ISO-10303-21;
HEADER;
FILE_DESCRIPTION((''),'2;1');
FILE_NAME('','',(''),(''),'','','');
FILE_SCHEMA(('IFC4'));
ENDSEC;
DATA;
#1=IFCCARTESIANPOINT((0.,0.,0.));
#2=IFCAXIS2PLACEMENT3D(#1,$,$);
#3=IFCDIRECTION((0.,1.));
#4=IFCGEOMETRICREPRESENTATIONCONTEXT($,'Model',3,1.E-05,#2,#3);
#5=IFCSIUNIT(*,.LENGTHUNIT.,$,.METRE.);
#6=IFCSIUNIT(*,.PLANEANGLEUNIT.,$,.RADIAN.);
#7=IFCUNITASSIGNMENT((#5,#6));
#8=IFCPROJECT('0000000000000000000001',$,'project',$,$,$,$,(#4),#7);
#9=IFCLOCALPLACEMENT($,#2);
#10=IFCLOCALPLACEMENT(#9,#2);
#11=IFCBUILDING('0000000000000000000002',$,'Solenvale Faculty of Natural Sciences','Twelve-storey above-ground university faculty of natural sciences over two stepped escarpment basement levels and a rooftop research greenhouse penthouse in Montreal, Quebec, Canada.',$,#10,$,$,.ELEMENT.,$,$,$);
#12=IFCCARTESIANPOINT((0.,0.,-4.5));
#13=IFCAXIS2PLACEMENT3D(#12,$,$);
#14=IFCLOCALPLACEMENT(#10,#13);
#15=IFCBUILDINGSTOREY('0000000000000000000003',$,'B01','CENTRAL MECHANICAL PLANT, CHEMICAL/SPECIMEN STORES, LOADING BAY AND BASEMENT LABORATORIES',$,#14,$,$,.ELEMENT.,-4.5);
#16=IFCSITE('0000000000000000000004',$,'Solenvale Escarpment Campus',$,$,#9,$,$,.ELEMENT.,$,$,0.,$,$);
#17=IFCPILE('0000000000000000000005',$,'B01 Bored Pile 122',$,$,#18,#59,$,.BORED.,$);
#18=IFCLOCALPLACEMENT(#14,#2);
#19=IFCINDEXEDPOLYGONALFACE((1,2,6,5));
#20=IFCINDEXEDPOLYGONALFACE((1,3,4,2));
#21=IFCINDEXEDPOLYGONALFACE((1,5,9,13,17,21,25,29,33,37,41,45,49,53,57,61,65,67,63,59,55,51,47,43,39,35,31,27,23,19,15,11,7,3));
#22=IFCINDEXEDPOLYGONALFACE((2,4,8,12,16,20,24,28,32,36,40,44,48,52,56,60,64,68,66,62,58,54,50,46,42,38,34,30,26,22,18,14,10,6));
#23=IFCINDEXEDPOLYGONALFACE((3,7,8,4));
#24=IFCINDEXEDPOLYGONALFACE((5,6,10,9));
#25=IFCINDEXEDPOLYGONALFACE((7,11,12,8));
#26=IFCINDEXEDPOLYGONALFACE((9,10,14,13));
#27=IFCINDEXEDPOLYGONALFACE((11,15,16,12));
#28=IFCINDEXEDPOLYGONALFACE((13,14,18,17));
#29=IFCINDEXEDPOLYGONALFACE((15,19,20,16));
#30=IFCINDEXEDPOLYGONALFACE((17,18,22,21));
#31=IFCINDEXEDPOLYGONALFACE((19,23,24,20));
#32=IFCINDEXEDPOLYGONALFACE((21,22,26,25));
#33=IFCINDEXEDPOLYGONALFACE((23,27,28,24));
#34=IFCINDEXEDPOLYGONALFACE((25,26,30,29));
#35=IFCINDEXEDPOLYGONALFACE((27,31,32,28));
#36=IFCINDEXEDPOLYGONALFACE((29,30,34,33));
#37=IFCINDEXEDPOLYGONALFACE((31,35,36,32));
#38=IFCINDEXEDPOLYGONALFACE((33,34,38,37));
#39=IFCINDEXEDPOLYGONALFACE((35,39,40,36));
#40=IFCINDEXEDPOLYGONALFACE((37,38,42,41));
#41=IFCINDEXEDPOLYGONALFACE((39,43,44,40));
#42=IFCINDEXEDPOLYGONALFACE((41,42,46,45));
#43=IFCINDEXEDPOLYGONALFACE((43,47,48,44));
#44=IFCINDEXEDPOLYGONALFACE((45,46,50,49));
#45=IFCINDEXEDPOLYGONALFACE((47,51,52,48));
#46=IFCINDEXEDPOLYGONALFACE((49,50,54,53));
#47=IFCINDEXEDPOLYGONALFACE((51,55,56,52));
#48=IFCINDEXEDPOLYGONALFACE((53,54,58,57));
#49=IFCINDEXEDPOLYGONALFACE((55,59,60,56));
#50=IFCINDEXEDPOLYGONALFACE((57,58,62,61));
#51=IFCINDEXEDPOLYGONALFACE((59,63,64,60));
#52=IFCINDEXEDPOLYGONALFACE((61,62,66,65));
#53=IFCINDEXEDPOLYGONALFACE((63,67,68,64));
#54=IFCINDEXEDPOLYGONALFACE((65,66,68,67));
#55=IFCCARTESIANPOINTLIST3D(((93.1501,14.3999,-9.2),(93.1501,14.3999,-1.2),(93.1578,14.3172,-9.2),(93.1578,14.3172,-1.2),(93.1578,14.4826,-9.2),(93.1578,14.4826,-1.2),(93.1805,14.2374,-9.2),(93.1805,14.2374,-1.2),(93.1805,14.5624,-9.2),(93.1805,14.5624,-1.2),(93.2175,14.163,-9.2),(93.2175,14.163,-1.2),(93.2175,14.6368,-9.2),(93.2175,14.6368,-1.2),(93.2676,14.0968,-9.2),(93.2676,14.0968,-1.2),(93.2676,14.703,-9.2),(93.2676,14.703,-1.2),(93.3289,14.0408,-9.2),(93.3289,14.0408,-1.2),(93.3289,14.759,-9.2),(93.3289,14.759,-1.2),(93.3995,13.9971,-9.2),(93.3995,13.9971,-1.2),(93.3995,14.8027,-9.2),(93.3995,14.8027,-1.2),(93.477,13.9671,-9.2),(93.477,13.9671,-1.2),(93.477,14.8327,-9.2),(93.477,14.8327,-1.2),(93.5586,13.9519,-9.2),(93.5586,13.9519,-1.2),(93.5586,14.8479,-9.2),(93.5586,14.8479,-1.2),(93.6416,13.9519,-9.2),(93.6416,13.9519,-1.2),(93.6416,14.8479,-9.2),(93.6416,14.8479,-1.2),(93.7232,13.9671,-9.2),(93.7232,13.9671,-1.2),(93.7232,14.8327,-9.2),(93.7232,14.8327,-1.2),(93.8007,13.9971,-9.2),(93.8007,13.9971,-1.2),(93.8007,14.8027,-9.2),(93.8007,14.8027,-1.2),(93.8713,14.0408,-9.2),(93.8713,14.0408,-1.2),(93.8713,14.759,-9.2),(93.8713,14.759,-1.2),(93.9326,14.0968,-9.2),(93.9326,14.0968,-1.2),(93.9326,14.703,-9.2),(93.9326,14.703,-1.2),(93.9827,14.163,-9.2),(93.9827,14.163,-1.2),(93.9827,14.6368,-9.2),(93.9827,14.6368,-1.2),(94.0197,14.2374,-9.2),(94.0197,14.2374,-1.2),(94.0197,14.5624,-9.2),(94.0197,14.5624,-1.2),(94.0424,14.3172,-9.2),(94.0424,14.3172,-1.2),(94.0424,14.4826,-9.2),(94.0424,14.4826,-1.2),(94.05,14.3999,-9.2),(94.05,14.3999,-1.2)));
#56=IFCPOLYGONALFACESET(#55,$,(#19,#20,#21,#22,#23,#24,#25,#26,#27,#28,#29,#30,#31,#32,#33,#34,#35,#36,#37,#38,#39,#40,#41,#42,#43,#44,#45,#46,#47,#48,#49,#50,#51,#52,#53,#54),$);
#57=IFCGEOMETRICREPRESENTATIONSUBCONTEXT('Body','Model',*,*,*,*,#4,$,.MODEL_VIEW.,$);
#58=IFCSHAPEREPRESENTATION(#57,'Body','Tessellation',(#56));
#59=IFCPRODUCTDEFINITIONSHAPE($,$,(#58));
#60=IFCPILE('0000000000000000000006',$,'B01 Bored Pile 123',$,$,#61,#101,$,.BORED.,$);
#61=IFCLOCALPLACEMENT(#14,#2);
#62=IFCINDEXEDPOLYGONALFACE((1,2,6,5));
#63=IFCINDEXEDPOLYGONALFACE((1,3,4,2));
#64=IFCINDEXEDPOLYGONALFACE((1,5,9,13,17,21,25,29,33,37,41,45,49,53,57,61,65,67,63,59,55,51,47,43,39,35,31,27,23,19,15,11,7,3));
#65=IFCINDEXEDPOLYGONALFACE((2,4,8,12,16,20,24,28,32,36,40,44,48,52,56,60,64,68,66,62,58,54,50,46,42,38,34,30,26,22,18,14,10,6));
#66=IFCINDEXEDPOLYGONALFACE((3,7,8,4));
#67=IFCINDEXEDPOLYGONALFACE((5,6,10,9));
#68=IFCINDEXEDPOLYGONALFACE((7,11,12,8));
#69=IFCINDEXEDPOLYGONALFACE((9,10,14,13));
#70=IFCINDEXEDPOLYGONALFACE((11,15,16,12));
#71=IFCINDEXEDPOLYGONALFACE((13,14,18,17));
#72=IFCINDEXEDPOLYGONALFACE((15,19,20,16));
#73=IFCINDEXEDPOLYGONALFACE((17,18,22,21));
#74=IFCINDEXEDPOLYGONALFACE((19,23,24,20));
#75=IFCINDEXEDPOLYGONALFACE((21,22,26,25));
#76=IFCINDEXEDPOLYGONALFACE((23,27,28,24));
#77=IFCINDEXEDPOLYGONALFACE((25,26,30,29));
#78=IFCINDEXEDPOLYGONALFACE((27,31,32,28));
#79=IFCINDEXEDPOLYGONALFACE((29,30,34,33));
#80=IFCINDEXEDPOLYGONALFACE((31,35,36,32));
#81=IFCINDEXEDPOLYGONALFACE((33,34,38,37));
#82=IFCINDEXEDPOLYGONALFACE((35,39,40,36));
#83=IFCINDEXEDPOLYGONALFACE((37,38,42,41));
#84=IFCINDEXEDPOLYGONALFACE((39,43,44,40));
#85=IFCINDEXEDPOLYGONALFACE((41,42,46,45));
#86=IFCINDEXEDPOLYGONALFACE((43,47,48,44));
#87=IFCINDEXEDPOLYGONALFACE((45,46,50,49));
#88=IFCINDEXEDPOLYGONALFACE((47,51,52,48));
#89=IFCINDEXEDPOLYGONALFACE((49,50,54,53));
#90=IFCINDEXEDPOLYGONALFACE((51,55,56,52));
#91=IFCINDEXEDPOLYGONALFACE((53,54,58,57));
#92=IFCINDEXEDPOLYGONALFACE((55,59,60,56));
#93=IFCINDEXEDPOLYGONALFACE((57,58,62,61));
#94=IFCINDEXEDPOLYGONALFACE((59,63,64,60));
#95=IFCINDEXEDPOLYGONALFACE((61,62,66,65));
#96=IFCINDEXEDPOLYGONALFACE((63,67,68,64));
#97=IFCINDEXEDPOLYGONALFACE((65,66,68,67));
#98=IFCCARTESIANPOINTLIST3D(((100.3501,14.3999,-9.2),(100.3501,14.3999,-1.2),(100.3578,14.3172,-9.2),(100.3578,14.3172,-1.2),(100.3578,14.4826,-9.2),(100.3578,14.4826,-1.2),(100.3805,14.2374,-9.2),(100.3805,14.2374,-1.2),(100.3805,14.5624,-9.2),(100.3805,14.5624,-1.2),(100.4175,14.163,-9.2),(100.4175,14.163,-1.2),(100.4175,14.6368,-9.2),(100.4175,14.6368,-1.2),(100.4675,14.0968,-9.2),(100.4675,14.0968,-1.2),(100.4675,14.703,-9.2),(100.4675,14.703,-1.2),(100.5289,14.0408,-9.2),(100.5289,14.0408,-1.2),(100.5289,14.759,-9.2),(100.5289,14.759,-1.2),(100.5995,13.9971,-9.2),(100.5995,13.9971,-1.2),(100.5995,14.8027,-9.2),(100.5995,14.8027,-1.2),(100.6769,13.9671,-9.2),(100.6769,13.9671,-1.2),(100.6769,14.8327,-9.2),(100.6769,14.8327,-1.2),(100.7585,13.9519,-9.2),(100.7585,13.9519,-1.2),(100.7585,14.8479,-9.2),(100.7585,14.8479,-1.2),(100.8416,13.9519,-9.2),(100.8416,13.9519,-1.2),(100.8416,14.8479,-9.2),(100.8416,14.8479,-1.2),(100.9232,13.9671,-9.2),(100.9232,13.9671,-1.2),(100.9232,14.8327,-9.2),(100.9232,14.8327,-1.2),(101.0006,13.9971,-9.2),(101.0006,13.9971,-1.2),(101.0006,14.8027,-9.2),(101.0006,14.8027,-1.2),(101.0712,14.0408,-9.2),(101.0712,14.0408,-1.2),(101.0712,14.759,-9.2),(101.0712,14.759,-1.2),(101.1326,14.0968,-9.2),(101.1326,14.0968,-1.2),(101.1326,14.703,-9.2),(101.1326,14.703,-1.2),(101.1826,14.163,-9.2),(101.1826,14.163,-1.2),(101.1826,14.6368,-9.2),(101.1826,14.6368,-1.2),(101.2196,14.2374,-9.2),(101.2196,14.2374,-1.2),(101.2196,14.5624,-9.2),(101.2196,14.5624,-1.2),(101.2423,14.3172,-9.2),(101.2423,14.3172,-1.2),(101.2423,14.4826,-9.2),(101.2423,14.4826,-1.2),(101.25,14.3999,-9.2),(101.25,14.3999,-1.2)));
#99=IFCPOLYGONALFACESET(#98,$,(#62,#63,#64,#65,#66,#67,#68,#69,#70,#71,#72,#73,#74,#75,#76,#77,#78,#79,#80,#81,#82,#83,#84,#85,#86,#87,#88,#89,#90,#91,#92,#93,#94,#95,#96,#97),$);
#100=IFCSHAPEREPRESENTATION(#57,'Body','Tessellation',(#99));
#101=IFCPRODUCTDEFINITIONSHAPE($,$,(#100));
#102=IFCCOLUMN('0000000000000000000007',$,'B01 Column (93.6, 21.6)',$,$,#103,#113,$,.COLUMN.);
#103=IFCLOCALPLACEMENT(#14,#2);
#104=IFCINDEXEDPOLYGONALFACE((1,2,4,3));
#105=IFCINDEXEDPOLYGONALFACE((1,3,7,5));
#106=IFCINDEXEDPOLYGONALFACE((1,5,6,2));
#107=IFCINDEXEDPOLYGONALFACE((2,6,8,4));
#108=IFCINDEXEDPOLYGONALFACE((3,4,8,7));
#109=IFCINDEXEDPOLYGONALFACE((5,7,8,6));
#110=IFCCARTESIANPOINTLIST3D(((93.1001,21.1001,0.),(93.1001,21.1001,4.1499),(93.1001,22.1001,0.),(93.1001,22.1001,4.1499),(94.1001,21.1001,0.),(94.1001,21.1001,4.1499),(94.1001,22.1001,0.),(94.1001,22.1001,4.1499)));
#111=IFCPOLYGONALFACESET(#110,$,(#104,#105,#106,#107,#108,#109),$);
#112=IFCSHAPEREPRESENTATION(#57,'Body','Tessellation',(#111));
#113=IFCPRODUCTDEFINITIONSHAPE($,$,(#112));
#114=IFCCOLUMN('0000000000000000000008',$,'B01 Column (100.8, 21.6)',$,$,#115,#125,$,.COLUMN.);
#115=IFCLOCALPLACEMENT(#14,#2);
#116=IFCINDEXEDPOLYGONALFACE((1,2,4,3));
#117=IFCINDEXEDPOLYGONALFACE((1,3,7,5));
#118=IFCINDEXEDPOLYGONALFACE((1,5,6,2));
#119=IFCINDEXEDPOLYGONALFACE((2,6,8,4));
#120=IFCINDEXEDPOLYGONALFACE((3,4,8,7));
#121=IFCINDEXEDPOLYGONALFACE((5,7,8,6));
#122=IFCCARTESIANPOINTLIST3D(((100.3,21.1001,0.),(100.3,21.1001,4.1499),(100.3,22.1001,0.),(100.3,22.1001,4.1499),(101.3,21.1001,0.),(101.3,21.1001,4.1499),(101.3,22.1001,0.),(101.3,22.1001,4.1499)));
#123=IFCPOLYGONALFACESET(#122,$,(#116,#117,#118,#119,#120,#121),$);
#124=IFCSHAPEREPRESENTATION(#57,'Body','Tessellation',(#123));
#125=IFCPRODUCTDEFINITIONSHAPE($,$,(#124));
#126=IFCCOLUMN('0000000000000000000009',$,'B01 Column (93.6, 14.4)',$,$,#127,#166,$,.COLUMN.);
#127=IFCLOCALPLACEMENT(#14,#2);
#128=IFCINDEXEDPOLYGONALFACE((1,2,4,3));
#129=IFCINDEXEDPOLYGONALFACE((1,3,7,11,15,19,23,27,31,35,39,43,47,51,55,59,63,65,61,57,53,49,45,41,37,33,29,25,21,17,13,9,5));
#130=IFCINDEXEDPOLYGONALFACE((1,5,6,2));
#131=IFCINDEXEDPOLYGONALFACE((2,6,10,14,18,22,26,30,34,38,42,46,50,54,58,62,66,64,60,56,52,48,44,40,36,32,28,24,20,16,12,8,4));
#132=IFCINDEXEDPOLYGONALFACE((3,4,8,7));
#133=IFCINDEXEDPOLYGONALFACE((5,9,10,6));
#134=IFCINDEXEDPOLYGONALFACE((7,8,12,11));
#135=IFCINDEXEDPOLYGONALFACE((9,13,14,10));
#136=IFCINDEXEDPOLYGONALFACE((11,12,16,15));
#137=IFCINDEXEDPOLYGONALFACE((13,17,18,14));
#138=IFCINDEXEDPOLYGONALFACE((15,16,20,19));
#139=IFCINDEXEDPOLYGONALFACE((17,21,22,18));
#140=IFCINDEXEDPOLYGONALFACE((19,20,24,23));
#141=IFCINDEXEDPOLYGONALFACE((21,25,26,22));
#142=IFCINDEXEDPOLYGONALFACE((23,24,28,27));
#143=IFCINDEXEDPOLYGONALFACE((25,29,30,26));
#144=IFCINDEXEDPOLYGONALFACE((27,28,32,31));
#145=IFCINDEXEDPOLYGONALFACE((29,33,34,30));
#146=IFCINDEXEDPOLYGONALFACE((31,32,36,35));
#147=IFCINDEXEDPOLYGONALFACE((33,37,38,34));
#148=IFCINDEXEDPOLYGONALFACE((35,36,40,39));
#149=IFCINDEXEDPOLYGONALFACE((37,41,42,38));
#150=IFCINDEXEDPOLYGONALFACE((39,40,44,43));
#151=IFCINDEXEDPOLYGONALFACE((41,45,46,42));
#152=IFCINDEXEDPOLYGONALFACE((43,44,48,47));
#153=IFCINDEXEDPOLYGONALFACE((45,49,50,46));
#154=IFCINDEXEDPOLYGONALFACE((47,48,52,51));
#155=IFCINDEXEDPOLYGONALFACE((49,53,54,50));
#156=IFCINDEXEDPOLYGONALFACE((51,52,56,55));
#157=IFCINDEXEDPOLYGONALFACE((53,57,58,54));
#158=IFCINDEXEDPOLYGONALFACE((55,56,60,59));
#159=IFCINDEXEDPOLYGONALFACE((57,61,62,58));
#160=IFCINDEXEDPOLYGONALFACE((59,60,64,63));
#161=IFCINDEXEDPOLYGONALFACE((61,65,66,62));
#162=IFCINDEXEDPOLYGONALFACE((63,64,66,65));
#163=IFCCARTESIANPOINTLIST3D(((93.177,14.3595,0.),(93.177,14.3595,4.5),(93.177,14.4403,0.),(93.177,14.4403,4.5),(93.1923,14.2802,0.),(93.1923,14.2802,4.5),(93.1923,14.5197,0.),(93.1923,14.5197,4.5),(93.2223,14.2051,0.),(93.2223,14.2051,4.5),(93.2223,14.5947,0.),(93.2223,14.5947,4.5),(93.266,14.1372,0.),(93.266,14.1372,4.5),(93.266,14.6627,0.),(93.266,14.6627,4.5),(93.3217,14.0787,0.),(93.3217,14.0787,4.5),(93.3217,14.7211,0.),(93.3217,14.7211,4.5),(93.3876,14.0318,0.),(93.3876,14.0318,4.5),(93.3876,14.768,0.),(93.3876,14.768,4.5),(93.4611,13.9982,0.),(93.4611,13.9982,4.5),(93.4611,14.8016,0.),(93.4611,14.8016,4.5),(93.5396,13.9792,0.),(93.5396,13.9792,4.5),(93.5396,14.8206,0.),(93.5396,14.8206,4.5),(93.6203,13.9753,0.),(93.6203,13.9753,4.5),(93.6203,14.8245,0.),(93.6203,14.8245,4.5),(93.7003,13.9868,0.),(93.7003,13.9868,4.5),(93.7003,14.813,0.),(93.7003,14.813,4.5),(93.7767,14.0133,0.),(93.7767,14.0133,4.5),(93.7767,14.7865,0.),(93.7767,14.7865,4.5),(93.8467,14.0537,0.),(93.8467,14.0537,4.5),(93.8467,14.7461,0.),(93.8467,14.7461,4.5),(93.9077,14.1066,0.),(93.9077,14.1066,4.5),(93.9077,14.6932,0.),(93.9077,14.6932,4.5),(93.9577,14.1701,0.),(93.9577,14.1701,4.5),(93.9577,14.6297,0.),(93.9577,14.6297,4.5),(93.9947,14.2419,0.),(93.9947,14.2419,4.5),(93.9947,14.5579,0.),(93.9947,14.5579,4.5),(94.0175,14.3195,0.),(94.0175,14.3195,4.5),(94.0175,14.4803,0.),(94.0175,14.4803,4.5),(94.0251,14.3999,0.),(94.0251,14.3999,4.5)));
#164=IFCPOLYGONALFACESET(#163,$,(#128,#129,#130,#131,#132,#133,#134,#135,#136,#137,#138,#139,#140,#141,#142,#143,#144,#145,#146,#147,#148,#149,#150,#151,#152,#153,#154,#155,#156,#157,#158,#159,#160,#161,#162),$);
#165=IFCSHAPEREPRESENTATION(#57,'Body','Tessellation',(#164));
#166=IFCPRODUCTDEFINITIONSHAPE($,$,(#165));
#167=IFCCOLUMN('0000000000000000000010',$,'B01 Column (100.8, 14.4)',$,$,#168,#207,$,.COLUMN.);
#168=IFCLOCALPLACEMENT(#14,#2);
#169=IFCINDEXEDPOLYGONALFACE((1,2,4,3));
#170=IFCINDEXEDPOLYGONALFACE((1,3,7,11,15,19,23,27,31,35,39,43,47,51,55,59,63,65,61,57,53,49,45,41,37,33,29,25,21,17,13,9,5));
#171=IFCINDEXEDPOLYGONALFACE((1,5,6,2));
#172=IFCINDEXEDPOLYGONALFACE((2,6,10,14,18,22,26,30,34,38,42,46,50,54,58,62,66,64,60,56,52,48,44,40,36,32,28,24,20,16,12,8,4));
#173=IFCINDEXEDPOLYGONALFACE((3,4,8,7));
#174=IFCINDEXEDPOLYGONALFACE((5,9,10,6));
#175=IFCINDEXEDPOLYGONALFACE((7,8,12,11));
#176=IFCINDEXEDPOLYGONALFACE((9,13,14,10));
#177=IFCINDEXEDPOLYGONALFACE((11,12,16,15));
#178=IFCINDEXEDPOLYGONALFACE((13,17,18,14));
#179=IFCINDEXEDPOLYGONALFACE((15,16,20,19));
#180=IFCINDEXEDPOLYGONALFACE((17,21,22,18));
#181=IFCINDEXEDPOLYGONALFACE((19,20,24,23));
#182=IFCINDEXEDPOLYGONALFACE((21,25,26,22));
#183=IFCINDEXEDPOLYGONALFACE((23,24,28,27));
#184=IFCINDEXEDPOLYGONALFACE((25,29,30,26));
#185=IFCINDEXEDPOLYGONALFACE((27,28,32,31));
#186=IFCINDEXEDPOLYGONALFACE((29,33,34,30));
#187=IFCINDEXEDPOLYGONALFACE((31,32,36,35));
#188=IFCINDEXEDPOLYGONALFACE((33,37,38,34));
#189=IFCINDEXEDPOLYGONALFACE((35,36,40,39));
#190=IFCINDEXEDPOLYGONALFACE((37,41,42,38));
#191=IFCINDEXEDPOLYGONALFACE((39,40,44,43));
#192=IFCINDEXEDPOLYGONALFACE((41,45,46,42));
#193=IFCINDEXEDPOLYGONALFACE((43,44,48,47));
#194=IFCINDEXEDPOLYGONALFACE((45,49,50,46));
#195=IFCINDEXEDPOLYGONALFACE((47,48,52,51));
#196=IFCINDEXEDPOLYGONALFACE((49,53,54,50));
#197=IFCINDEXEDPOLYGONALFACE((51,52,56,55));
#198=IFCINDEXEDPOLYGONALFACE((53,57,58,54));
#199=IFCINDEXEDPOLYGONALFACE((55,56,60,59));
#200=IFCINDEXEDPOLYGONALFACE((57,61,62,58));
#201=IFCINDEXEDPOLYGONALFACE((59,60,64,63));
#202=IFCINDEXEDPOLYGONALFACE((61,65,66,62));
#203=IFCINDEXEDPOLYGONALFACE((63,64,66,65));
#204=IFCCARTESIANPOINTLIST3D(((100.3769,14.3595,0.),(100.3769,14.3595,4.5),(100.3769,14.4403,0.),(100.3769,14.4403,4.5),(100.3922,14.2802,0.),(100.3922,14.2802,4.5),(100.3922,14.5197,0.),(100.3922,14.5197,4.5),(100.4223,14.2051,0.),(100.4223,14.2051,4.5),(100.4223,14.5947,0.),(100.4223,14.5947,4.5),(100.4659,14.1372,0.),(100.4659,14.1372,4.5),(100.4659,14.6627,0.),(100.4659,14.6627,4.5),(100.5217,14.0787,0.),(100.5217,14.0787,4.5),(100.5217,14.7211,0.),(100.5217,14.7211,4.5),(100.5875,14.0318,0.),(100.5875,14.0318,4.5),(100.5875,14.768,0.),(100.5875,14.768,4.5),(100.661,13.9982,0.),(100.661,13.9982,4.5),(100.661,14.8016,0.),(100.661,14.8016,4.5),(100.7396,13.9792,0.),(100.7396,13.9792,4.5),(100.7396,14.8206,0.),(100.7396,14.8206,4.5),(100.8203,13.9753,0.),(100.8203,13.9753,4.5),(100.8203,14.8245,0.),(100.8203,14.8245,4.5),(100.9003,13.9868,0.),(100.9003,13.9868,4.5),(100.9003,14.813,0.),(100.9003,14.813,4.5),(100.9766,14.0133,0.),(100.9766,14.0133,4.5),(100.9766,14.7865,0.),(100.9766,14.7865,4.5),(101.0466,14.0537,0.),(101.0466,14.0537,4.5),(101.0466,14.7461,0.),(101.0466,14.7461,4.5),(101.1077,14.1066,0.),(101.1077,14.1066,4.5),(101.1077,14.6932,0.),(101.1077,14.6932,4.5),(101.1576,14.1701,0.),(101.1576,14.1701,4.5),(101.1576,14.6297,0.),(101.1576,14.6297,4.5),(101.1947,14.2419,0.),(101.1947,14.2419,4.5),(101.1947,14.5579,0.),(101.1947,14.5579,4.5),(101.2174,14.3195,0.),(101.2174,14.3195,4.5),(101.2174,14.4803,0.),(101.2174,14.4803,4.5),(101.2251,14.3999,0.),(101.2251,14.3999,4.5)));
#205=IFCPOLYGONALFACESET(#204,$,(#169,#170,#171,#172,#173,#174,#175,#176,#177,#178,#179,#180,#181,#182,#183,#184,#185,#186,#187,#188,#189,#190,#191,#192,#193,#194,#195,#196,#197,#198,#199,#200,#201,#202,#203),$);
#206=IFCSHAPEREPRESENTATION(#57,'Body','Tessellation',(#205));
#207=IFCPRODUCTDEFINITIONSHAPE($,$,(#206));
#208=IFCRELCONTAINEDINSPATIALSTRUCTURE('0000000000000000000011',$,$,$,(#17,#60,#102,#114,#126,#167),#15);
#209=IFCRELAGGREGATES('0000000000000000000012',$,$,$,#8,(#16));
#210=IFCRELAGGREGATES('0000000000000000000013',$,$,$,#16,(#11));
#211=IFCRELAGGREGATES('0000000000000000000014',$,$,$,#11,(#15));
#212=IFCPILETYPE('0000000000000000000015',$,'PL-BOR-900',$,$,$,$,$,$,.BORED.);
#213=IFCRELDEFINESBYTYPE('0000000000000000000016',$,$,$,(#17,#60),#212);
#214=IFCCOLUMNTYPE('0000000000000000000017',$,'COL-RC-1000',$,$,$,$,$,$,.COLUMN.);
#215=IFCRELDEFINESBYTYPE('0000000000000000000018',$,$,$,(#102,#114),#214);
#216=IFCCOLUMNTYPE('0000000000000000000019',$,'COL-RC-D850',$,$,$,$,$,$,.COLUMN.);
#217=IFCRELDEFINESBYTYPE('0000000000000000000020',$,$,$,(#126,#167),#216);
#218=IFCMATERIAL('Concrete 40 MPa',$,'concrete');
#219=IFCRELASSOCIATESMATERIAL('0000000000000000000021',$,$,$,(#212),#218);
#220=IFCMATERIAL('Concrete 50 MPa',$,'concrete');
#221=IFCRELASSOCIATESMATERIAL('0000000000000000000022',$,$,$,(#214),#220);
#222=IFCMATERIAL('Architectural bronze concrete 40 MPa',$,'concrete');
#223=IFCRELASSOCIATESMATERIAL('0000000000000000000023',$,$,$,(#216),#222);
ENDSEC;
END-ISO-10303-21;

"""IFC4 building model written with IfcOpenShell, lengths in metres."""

from ifc_helpers import new_model, si_unit, direction, frame, origin, origin_2d, place, context, subcontext, project, spatial, rectangle, circle, extrude, material, material_profile, profile_set, type_object, element, save


model = new_model("IFC4")

# Units and contexts
model_context = context("Model", 3, precision=1e-05, world=origin(), true_north=direction((0.0, 1.0)))
body_context = subcontext(model_context, "Body", "Model", "MODEL_VIEW")
ifc_project = project(units=[si_unit("LENGTHUNIT", "METRE"), si_unit("PLANEANGLEUNIT", "RADIAN")], contexts=[model_context])

# Site, building, storey
site_placement = place(None, origin())
site = spatial("IfcSite", under=ifc_project, at=site_placement, Name="Solenvale Escarpment Campus", CompositionType="ELEMENT", RefElevation=0.0)
building_placement = place(site_placement, origin())
building = spatial("IfcBuilding", under=site, at=building_placement, Name="Solenvale Faculty of Natural Sciences", Description="Twelve-storey above-ground university faculty of natural sciences over two stepped escarpment basement levels and a rooftop research greenhouse penthouse in Montreal, Quebec, Canada.", CompositionType="ELEMENT")
storey_placement = place(building_placement, frame((0.0, 0.0, -4.5)))
storey = spatial("IfcBuildingStorey", under=building, at=storey_placement, Name="B01", Description="CENTRAL MECHANICAL PLANT, CHEMICAL/SPECIMEN STORES, LOADING BAY AND BASEMENT LABORATORIES", CompositionType="ELEMENT", Elevation=-4.5)

# Shared definitions
ifc_material_1 = material(Name="Concrete 40 MPa", Category="concrete")

# Piles
ifc_material_profile_1 = material_profile(ifc_material_1, circle(Radius=0.45, at=origin_2d()), Name="PILE-D900")
ifc_profile_set_1 = profile_set([ifc_material_profile_1], Name="Concrete 40 MPa")
pile_type_1 = type_object("IfcPileType", Name="PL-BOR-900", PredefinedType="BORED", material=ifc_profile_set_1)
for number, where, z_axis, x_axis, name in (
    (1, (93.6001, 14.3999, -1.2), (0.0, 0.0, -1.0), (1.0, 0.0, 0.0), "B01 Bored Pile 122"),
    (2, (100.8, 14.3999, -1.2), (0.0, 0.0, -1.0), (1.0, 0.0, 0.0), "B01 Bored Pile 123"),
):
    element("IfcPile", number, at=place(storey_placement, frame(where, z_axis=z_axis, x_axis=x_axis)), inside=storey, type_object=pile_type_1, Name=name, PredefinedType="BORED", context=body_context, shape_type="SweptSolid", body=[
        extrude(circle(Radius=0.45, at=origin_2d()), origin(), (0.0, 0.0, 1.0), 8.0),
    ])

# Columns
ifc_material_2 = material(Name="Concrete 50 MPa", Category="concrete")
ifc_material_profile_2 = material_profile(ifc_material_2, rectangle(XDim=1.0, YDim=1.0, at=origin_2d()), Name="RC-COL-1000x1000")
ifc_profile_set_2 = profile_set([ifc_material_profile_2], Name="Concrete 50 MPa")
column_type_1 = type_object("IfcColumnType", Name="COL-RC-1000", PredefinedType="COLUMN", material=ifc_profile_set_2)
for number, where, z_axis, x_axis, name in (
    (3, (93.6001, 21.6001, 0.0), (0.0, 0.0, 1.0), (1.0, 0.0, 0.0), "B01 Column (93.6, 21.6)"),
    (4, (100.8, 21.6001, 0.0), (0.0, 0.0, 1.0), (1.0, 0.0, 0.0), "B01 Column (100.8, 21.6)"),
):
    element("IfcColumn", number, at=place(storey_placement, frame(where, z_axis=z_axis, x_axis=x_axis)), inside=storey, type_object=column_type_1, Name=name, PredefinedType="COLUMN", context=body_context, shape_type="SweptSolid", body=[
        extrude(rectangle(XDim=1.0, YDim=1.0, at=origin_2d()), origin(), (0.0, 0.0, 1.0), 4.1499),
    ])
ifc_material_3 = material(Name="Architectural bronze concrete 40 MPa", Category="concrete")
ifc_material_profile_3 = material_profile(ifc_material_3, circle(Radius=0.425, at=origin_2d()), Name="RC-COL-D850")
ifc_profile_set_3 = profile_set([ifc_material_profile_3], Name="Architectural bronze concrete 40 MPa")
column_type_2 = type_object("IfcColumnType", Name="COL-RC-D850", PredefinedType="COLUMN", material=ifc_profile_set_3)
for number, where, z_axis, x_axis, name in (
    (5, (93.6001, 14.3999, 0.0), (0.0, 0.0, 1.0), (1.0, 0.0, 0.0), "B01 Column (93.6, 14.4)"),
    (6, (100.8, 14.3999, 0.0), (0.0, 0.0, 1.0), (1.0, 0.0, 0.0), "B01 Column (100.8, 14.4)"),
):
    element("IfcColumn", number, at=place(storey_placement, frame(where, z_axis=z_axis, x_axis=x_axis)), inside=storey, type_object=column_type_2, Name=name, PredefinedType="COLUMN", context=body_context, shape_type="SweptSolid", body=[
        extrude(circle(Radius=0.425, at=origin_2d()), origin(), (0.0, 0.0, 1.0), 4.5),
    ])

save(model, "model.ifc")
